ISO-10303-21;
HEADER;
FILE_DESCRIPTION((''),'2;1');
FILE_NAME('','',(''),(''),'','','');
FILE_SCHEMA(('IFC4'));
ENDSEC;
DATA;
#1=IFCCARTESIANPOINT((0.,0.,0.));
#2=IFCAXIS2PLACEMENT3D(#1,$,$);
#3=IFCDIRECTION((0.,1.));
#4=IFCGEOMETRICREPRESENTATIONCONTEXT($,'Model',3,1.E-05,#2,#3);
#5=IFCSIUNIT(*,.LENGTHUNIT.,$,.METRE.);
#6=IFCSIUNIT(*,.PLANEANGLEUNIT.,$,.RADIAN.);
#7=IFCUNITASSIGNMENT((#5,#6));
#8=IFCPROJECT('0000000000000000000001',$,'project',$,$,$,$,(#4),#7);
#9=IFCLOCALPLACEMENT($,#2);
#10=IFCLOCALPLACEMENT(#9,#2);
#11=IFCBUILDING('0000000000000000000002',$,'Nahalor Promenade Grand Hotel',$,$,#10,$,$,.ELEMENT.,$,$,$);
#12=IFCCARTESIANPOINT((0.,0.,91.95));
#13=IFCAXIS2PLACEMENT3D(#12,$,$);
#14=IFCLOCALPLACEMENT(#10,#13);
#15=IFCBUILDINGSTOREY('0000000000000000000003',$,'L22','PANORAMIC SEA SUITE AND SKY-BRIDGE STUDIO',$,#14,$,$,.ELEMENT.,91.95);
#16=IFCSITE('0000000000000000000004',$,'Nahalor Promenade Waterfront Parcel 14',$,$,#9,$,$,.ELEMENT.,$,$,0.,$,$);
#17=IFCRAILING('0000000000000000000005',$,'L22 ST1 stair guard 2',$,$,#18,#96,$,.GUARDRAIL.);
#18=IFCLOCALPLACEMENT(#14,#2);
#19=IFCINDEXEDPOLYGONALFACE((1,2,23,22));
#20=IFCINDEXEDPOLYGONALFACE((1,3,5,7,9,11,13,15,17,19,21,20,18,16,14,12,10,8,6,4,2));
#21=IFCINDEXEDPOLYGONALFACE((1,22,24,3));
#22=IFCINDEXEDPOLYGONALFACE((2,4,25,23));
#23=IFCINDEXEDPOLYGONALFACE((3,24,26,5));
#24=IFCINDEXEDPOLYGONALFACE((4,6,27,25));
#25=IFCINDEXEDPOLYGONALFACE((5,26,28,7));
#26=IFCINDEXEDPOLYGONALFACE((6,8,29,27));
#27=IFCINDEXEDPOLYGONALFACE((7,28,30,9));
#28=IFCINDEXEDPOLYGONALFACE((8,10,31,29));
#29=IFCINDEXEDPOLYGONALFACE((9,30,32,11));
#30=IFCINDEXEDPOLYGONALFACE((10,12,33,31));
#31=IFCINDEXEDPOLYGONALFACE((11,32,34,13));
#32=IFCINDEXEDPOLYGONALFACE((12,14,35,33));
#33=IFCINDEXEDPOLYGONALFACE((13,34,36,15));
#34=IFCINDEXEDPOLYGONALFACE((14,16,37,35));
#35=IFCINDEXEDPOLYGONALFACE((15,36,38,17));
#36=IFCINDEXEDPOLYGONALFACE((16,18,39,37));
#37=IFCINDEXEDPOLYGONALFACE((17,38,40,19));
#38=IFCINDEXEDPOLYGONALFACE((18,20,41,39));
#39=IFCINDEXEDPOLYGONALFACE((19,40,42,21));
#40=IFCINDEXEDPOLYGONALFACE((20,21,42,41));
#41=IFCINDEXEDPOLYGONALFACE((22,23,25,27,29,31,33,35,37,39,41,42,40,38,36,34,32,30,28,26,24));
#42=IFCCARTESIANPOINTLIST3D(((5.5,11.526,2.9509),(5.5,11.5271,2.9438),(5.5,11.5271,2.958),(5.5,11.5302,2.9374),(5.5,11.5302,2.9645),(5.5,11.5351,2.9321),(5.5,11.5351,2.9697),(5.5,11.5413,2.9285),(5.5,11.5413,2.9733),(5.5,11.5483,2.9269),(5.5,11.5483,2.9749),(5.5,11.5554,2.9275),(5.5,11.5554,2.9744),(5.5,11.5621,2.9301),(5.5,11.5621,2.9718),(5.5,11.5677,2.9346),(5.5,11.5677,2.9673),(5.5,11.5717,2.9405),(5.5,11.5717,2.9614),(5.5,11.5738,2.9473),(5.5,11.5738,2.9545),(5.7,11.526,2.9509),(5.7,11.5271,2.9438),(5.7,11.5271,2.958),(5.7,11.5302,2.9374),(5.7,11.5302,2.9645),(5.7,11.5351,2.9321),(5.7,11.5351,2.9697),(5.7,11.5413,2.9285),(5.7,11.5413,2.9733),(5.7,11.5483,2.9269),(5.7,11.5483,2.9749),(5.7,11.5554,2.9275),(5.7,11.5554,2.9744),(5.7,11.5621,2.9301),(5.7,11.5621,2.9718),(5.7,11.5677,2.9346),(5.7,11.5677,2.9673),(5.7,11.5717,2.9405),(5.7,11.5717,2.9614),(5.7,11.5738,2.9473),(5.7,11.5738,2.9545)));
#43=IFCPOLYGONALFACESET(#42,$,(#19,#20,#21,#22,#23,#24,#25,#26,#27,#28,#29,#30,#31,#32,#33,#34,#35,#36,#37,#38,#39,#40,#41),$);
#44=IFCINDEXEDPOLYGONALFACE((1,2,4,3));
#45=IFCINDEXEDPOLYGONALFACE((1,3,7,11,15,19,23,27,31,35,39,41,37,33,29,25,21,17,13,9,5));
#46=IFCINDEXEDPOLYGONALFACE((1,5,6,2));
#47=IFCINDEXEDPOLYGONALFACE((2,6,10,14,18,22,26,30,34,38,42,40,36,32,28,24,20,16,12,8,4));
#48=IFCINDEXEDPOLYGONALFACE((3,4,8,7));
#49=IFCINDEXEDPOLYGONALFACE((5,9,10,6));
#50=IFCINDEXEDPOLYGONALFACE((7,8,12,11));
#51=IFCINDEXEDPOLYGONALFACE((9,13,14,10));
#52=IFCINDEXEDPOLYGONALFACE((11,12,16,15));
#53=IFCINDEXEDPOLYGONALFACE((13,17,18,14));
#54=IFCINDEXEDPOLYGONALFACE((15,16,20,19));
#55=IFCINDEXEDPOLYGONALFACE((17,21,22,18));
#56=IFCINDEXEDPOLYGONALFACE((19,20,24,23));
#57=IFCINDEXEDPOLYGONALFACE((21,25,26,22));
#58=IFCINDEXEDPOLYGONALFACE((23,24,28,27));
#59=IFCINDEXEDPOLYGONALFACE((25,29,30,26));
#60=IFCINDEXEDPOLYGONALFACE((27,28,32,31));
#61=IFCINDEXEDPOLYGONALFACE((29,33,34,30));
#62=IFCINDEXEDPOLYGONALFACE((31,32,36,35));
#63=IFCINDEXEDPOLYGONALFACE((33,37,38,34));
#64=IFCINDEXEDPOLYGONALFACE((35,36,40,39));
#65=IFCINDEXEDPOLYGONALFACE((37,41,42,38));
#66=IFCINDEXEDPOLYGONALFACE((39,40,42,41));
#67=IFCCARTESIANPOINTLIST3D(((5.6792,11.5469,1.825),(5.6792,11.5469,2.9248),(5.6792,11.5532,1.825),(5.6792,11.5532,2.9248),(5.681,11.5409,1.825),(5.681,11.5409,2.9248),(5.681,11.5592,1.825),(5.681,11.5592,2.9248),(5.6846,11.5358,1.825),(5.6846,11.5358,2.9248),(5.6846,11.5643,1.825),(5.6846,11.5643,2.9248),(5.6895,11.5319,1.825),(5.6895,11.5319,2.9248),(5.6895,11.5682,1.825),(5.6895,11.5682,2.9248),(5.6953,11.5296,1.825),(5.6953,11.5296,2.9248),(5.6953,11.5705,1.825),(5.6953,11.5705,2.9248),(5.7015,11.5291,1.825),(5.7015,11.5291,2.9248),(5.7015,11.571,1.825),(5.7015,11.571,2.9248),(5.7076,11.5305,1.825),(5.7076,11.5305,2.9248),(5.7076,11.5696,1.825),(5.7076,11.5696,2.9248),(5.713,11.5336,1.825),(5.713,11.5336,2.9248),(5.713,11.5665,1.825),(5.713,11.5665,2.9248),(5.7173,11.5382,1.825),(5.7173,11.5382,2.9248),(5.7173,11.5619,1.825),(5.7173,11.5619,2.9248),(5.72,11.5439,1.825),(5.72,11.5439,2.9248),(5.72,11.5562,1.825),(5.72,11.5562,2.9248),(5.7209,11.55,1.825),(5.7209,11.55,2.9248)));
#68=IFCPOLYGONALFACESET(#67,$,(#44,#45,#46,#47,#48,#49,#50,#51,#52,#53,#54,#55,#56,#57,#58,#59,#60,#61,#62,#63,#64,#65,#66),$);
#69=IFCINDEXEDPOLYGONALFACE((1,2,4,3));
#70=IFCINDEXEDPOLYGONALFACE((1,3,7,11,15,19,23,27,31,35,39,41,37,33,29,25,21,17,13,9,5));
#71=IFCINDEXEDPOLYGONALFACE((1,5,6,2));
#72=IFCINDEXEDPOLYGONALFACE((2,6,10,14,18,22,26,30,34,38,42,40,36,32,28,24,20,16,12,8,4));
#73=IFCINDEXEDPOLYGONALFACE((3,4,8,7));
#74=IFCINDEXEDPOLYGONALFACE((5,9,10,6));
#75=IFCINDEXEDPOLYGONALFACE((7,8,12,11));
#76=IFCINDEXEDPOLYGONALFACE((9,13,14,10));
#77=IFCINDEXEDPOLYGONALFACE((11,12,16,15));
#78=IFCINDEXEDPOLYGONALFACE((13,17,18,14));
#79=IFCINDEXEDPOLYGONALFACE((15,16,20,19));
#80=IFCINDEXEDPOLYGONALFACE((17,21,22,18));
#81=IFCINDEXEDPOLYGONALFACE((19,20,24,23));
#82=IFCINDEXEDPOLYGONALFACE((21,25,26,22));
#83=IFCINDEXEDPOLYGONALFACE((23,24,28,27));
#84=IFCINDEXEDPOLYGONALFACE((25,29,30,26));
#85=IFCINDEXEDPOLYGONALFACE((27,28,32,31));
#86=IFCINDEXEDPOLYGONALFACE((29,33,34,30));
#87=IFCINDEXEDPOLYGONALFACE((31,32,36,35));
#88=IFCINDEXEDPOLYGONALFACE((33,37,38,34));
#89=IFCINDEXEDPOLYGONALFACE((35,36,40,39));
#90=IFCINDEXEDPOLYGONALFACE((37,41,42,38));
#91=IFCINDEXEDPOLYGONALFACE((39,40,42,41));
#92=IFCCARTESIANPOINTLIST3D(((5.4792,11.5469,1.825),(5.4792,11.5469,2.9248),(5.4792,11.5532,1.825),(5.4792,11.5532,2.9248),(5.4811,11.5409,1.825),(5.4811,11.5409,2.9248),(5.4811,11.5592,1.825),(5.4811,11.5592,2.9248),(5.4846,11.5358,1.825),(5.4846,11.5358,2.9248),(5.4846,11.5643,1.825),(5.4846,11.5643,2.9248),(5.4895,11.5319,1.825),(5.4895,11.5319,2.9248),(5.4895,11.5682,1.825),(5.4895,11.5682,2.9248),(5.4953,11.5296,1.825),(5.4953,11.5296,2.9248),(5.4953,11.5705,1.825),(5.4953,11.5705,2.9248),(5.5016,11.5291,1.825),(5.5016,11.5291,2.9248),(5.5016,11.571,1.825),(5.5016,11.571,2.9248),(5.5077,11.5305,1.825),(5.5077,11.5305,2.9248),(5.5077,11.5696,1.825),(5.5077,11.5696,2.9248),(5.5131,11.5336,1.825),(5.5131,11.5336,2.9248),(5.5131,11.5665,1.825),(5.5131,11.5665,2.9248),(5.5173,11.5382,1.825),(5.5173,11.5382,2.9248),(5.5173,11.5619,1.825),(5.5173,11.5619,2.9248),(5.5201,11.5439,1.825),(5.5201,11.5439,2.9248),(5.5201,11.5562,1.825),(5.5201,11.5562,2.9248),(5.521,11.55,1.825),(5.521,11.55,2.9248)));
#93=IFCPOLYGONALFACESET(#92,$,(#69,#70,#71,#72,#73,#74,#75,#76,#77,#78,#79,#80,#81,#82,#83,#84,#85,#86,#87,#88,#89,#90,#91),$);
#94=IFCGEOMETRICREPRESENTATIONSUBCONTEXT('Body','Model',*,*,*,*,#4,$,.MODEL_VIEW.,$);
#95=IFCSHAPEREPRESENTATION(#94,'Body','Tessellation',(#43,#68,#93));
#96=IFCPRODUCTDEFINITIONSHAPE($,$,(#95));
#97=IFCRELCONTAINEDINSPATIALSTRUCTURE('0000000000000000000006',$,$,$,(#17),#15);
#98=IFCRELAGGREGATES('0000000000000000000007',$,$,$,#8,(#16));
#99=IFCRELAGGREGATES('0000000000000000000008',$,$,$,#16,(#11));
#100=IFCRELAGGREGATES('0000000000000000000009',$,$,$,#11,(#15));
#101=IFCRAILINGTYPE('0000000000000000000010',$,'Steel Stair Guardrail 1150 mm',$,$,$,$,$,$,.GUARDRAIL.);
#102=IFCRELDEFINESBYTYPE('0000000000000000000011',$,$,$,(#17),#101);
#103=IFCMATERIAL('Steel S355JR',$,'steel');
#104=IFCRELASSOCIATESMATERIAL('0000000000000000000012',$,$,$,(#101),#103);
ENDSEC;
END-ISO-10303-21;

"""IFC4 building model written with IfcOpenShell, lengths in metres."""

from ifc_helpers import new_model, si_unit, direction, frame, origin, origin_2d, place, context, subcontext, project, spatial, circle, extrude, material, type_object, element, save


model = new_model("IFC4")

# Units and contexts
model_context = context("Model", 3, precision=1e-05, world=origin(), true_north=direction((0.0, 1.0)))
body_context = subcontext(model_context, "Body", "Model", "MODEL_VIEW")
ifc_project = project(units=[si_unit("LENGTHUNIT", "METRE"), si_unit("PLANEANGLEUNIT", "RADIAN")], contexts=[model_context])

# Site, building, storey
site_placement = place(None, origin())
site = spatial("IfcSite", under=ifc_project, at=site_placement, Name="Nahalor Promenade Waterfront Parcel 14", CompositionType="ELEMENT", RefElevation=0.0)
building_placement = place(site_placement, origin())
building = spatial("IfcBuilding", under=site, at=building_placement, Name="Nahalor Promenade Grand Hotel", CompositionType="ELEMENT")
storey_placement = place(building_placement, frame((0.0, 0.0, 91.95)))
storey = spatial("IfcBuildingStorey", under=building, at=storey_placement, Name="L22", Description="PANORAMIC SEA SUITE AND SKY-BRIDGE STUDIO", CompositionType="ELEMENT", Elevation=91.95)

# Shared definitions
ifc_material_1 = material(Name="Steel S355JR", Category="steel")

# Railing
railing_type_1 = type_object("IfcRailingType", Name="Steel Stair Guardrail 1150 mm", PredefinedType="GUARDRAIL", material=ifc_material_1)
railing_1_placement = place(storey_placement, frame((5.7, 11.55, 1.825)))
element("IfcRailing", 1, at=railing_1_placement, inside=storey, type_object=railing_type_1, Name="L22 ST1 stair guard 2", PredefinedType="GUARDRAIL", context=body_context, shape_type="SweptSolid", body=[
    extrude(circle(Radius=0.024, at=origin_2d()), frame((0.0, 0.0, 1.126), z_axis=(-1.0, 0.0, 0.0), x_axis=(0.0, -1.0, 0.0)), (0.0, 0.0, 1.0), 0.2),
    extrude(circle(Radius=0.021, at=origin_2d()), origin(), (0.0, 0.0, 1.0), 1.0999),
    extrude(circle(Radius=0.021, at=origin_2d()), frame((-0.2, 0.0, 0.0)), (0.0, 0.0, 1.0), 1.0999),
])

save(model, "model.ifc")
